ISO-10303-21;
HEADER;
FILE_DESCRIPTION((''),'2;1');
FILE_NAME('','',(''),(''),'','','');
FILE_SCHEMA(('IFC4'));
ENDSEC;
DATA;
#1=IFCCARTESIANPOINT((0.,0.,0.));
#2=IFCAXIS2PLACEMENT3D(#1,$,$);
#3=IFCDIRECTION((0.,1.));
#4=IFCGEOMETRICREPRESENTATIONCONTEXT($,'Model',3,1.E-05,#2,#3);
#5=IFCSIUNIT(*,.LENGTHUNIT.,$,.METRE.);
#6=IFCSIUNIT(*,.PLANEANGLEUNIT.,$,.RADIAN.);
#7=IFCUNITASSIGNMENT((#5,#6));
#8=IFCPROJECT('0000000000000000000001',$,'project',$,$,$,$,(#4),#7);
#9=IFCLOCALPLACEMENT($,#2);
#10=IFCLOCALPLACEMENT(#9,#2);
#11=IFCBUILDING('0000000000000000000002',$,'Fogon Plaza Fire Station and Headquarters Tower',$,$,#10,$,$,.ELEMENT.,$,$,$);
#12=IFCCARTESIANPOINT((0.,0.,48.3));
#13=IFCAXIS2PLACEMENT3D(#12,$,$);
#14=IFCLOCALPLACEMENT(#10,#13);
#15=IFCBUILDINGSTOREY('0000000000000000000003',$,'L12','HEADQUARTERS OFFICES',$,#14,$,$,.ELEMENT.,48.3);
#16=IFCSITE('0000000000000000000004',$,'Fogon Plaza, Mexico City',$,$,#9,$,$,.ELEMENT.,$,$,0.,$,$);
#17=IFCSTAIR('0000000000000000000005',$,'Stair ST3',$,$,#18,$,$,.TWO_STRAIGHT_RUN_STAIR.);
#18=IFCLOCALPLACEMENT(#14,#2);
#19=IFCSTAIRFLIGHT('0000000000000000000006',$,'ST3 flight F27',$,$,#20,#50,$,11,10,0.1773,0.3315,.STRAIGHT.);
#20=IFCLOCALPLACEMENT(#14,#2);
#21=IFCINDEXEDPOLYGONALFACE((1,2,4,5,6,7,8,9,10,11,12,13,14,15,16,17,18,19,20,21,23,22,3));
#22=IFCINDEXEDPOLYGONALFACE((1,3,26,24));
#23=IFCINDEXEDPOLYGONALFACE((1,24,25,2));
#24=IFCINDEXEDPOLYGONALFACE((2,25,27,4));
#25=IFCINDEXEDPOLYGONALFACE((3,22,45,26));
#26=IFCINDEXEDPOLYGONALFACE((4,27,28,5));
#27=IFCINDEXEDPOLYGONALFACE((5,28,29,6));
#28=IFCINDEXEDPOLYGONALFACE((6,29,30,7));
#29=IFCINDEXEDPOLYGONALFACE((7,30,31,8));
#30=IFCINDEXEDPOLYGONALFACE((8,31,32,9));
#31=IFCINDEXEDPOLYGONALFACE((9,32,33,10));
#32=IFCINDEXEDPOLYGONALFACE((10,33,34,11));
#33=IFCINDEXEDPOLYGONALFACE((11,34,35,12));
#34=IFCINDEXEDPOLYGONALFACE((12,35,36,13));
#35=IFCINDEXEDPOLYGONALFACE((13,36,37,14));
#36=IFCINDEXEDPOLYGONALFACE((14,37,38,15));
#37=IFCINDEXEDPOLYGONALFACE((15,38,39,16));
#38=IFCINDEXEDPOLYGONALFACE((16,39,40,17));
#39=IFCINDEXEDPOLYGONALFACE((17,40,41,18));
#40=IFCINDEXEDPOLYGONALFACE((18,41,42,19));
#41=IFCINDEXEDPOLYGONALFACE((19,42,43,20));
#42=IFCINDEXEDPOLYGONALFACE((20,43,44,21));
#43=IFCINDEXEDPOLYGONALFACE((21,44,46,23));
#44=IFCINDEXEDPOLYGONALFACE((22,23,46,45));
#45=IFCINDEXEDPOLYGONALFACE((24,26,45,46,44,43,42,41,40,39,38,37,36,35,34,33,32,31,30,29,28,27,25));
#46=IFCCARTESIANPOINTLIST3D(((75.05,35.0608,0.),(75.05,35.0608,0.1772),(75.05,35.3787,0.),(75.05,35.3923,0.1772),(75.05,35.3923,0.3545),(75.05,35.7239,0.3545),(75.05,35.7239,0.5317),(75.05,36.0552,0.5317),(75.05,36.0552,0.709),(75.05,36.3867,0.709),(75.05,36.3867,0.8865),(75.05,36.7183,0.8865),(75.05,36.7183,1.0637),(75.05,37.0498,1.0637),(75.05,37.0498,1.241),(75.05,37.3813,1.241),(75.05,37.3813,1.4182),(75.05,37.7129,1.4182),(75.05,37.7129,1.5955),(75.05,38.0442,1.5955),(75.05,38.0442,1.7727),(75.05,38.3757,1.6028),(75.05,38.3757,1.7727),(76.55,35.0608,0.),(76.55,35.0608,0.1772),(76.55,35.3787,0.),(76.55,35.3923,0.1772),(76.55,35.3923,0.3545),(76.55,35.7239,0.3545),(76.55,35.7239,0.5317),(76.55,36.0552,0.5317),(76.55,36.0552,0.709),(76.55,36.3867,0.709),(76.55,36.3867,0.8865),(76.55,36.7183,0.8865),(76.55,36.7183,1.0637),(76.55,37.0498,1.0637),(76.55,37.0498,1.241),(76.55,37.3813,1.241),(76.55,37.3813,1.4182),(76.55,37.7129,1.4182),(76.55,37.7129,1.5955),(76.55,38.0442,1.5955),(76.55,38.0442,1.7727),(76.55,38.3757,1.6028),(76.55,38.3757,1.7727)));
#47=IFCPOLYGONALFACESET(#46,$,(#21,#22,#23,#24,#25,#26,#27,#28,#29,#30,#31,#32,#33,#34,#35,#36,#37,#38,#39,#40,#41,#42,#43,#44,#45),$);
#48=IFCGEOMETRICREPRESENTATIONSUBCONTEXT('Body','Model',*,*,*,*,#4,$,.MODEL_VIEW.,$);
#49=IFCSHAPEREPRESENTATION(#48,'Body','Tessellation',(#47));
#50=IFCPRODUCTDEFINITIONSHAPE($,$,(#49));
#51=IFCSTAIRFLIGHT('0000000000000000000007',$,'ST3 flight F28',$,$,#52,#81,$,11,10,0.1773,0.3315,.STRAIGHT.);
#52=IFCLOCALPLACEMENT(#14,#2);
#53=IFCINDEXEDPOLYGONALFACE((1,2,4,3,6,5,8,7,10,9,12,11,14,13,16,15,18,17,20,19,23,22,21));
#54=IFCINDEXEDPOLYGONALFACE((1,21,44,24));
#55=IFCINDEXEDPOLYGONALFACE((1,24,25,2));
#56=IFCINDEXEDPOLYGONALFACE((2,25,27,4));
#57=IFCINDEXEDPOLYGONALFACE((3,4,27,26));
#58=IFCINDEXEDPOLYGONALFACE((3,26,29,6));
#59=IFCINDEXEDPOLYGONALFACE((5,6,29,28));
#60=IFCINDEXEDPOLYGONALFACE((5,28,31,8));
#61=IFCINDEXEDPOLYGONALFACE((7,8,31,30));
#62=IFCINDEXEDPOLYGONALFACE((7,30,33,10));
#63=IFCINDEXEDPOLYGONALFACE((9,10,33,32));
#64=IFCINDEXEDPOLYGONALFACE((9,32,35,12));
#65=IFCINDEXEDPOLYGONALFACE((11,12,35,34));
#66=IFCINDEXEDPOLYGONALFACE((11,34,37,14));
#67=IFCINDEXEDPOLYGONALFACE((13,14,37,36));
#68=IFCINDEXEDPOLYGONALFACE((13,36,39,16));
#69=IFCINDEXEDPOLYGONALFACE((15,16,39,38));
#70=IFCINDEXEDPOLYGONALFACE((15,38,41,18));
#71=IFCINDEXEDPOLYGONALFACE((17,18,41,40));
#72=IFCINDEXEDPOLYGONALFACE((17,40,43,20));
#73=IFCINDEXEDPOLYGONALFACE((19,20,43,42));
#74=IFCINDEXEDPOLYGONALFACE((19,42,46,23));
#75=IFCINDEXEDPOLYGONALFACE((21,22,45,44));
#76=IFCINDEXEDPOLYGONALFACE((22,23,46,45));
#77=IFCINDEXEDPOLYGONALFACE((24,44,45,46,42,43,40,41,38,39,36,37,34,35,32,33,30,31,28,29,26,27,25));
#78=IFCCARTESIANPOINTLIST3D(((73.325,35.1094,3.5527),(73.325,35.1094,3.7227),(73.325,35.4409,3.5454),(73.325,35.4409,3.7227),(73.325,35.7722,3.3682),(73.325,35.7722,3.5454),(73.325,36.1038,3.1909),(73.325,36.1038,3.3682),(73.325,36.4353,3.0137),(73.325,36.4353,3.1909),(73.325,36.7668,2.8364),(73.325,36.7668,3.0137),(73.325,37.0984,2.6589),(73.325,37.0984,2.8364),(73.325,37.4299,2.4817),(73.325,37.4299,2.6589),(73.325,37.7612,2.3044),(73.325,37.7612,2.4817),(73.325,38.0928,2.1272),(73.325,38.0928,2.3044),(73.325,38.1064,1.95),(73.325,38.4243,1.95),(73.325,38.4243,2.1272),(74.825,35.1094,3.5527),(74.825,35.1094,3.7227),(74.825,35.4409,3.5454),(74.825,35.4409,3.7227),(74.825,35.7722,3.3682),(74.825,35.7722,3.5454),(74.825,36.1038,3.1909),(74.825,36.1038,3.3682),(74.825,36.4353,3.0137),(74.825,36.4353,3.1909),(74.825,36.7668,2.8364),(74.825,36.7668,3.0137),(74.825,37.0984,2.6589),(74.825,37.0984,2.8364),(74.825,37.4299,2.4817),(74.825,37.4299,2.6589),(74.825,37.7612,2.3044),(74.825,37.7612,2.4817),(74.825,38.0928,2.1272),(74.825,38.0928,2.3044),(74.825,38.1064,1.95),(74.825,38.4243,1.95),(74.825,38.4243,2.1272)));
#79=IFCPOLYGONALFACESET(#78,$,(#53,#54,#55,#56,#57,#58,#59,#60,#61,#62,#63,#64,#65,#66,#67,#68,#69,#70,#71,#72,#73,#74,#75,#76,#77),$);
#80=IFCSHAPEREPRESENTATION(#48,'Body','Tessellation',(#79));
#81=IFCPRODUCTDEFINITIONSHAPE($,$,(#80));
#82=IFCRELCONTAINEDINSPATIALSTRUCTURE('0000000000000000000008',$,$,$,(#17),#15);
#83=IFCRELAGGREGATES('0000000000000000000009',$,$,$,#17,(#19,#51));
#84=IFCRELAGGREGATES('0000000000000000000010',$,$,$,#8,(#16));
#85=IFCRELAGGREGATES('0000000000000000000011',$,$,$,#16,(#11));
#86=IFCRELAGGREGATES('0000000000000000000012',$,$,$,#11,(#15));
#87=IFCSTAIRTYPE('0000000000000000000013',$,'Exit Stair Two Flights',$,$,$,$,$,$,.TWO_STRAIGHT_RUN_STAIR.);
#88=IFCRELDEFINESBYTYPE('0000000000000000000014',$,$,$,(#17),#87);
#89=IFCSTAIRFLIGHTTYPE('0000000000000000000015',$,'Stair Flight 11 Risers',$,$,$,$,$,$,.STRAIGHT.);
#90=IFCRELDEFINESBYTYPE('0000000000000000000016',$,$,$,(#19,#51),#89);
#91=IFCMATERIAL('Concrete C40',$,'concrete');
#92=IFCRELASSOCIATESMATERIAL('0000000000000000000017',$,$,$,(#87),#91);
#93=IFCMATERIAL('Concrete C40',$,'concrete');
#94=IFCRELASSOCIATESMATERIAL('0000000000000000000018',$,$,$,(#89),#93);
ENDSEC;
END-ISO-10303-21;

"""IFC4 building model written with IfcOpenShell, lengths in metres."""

from ifc_helpers import new_model, si_unit, direction, frame, origin, place, context, subcontext, project, spatial, polyline, outline, extrude, material, type_object, element, aggregate, save


model = new_model("IFC4")

# Units and contexts
model_context = context("Model", 3, precision=1e-05, world=origin(), true_north=direction((0.0, 1.0)))
body_context = subcontext(model_context, "Body", "Model", "MODEL_VIEW")
ifc_project = project(units=[si_unit("LENGTHUNIT", "METRE"), si_unit("PLANEANGLEUNIT", "RADIAN")], contexts=[model_context])

# Site, building, storey
site_placement = place(None, origin())
site = spatial("IfcSite", under=ifc_project, at=site_placement, Name="Fogon Plaza, Mexico City", CompositionType="ELEMENT", RefElevation=0.0)
building_placement = place(site_placement, origin())
building = spatial("IfcBuilding", under=site, at=building_placement, Name="Fogon Plaza Fire Station and Headquarters Tower", CompositionType="ELEMENT")
storey_placement = place(building_placement, frame((0.0, 0.0, 48.3)))
storey = spatial("IfcBuildingStorey", under=building, at=storey_placement, Name="L12", Description="HEADQUARTERS OFFICES", CompositionType="ELEMENT", Elevation=48.3)

# Stair, stair flights
ifc_material_1 = material(Name="Concrete C40", Category="concrete")
stair_type = type_object("IfcStairType", Name="Exit Stair Two Flights", PredefinedType="TWO_STRAIGHT_RUN_STAIR", material=ifc_material_1)
stair_placement = place(storey_placement, origin())
stair = element("IfcStair", 1, at=stair_placement, inside=storey, type_object=stair_type, Name="Stair ST3", PredefinedType="TWO_STRAIGHT_RUN_STAIR")
ifc_material_2 = material(Name="Concrete C40", Category="concrete")
stair_flight_type = type_object("IfcStairFlightType", Name="Stair Flight 11 Risers", PredefinedType="STRAIGHT", material=ifc_material_2)
stair_flight_1_placement = place(storey_placement, frame((75.8, 35.0608, 0.0), z_axis=(0.0, 0.0, 1.0), x_axis=(0.0, 1.0, 0.0)))
stair_flight_1 = element("IfcStairFlight", 2, at=stair_flight_1_placement, type_object=stair_flight_type, Name="ST3 flight F27", NumberOfRisers=11, NumberOfTreads=10, PredefinedType="STRAIGHT", RiserHeight=0.1773, TreadLength=0.3315, context=body_context, shape_type="SweptSolid", body=[
    extrude(outline(polyline([(0.0, 0.0), (0.0, 0.1772), (0.3315, 0.1772), (0.3315, 0.3545), (0.6631, 0.3545), (0.6631, 0.5317), (0.9944, 0.5317), (0.9944, 0.709), (1.3259, 0.709), (1.3259, 0.8865), (1.6575, 0.8865), (1.6575, 1.0637), (1.989, 1.0637), (1.989, 1.241), (2.3206, 1.241), (2.3206, 1.4182), (2.6521, 1.4182), (2.6521, 1.5955), (2.9834, 1.5955), (2.9834, 1.7727), (3.3149, 1.7727), (3.3149, 1.95), (3.3149, 1.6028), (0.3179, 0.0), (0.0, 0.0)])), frame((0.0, 0.75, 0.0), z_axis=(0.0, -1.0, 0.0), x_axis=(1.0, 0.0, 0.0)), (0.0, 0.0, 1.0), 1.5),
])
stair_flight_2_placement = place(storey_placement, frame((74.075, 38.4243, 1.95), z_axis=(0.0, 0.0, 1.0), x_axis=(0.0, -1.0, 0.0)))
stair_flight_2 = element("IfcStairFlight", 3, at=stair_flight_2_placement, type_object=stair_flight_type, Name="ST3 flight F28", NumberOfRisers=11, NumberOfTreads=10, PredefinedType="STRAIGHT", RiserHeight=0.1773, TreadLength=0.3315, context=body_context, shape_type="SweptSolid", body=[
    extrude(outline(polyline([(0.0, 0.0), (0.0, 0.1772), (0.3315, 0.1772), (0.3315, 0.3545), (0.6631, 0.3545), (0.6631, 0.5317), (0.9944, 0.5317), (0.9944, 0.709), (1.3259, 0.709), (1.3259, 0.8865), (1.6575, 0.8865), (1.6575, 1.0637), (1.989, 1.0637), (1.989, 1.241), (2.3206, 1.241), (2.3206, 1.4182), (2.6521, 1.4182), (2.6521, 1.5955), (2.9834, 1.5955), (2.9834, 1.7727), (3.3149, 1.7727), (3.3149, 1.95), (3.3149, 1.6028), (0.3179, 0.0), (0.0, 0.0)])), frame((0.0, 0.75, 0.0), z_axis=(0.0, -1.0, 0.0), x_axis=(1.0, 0.0, 0.0)), (0.0, 0.0, 1.0), 1.5),
])
aggregate(stair, [stair_flight_1, stair_flight_2])

save(model, "model.ifc")
